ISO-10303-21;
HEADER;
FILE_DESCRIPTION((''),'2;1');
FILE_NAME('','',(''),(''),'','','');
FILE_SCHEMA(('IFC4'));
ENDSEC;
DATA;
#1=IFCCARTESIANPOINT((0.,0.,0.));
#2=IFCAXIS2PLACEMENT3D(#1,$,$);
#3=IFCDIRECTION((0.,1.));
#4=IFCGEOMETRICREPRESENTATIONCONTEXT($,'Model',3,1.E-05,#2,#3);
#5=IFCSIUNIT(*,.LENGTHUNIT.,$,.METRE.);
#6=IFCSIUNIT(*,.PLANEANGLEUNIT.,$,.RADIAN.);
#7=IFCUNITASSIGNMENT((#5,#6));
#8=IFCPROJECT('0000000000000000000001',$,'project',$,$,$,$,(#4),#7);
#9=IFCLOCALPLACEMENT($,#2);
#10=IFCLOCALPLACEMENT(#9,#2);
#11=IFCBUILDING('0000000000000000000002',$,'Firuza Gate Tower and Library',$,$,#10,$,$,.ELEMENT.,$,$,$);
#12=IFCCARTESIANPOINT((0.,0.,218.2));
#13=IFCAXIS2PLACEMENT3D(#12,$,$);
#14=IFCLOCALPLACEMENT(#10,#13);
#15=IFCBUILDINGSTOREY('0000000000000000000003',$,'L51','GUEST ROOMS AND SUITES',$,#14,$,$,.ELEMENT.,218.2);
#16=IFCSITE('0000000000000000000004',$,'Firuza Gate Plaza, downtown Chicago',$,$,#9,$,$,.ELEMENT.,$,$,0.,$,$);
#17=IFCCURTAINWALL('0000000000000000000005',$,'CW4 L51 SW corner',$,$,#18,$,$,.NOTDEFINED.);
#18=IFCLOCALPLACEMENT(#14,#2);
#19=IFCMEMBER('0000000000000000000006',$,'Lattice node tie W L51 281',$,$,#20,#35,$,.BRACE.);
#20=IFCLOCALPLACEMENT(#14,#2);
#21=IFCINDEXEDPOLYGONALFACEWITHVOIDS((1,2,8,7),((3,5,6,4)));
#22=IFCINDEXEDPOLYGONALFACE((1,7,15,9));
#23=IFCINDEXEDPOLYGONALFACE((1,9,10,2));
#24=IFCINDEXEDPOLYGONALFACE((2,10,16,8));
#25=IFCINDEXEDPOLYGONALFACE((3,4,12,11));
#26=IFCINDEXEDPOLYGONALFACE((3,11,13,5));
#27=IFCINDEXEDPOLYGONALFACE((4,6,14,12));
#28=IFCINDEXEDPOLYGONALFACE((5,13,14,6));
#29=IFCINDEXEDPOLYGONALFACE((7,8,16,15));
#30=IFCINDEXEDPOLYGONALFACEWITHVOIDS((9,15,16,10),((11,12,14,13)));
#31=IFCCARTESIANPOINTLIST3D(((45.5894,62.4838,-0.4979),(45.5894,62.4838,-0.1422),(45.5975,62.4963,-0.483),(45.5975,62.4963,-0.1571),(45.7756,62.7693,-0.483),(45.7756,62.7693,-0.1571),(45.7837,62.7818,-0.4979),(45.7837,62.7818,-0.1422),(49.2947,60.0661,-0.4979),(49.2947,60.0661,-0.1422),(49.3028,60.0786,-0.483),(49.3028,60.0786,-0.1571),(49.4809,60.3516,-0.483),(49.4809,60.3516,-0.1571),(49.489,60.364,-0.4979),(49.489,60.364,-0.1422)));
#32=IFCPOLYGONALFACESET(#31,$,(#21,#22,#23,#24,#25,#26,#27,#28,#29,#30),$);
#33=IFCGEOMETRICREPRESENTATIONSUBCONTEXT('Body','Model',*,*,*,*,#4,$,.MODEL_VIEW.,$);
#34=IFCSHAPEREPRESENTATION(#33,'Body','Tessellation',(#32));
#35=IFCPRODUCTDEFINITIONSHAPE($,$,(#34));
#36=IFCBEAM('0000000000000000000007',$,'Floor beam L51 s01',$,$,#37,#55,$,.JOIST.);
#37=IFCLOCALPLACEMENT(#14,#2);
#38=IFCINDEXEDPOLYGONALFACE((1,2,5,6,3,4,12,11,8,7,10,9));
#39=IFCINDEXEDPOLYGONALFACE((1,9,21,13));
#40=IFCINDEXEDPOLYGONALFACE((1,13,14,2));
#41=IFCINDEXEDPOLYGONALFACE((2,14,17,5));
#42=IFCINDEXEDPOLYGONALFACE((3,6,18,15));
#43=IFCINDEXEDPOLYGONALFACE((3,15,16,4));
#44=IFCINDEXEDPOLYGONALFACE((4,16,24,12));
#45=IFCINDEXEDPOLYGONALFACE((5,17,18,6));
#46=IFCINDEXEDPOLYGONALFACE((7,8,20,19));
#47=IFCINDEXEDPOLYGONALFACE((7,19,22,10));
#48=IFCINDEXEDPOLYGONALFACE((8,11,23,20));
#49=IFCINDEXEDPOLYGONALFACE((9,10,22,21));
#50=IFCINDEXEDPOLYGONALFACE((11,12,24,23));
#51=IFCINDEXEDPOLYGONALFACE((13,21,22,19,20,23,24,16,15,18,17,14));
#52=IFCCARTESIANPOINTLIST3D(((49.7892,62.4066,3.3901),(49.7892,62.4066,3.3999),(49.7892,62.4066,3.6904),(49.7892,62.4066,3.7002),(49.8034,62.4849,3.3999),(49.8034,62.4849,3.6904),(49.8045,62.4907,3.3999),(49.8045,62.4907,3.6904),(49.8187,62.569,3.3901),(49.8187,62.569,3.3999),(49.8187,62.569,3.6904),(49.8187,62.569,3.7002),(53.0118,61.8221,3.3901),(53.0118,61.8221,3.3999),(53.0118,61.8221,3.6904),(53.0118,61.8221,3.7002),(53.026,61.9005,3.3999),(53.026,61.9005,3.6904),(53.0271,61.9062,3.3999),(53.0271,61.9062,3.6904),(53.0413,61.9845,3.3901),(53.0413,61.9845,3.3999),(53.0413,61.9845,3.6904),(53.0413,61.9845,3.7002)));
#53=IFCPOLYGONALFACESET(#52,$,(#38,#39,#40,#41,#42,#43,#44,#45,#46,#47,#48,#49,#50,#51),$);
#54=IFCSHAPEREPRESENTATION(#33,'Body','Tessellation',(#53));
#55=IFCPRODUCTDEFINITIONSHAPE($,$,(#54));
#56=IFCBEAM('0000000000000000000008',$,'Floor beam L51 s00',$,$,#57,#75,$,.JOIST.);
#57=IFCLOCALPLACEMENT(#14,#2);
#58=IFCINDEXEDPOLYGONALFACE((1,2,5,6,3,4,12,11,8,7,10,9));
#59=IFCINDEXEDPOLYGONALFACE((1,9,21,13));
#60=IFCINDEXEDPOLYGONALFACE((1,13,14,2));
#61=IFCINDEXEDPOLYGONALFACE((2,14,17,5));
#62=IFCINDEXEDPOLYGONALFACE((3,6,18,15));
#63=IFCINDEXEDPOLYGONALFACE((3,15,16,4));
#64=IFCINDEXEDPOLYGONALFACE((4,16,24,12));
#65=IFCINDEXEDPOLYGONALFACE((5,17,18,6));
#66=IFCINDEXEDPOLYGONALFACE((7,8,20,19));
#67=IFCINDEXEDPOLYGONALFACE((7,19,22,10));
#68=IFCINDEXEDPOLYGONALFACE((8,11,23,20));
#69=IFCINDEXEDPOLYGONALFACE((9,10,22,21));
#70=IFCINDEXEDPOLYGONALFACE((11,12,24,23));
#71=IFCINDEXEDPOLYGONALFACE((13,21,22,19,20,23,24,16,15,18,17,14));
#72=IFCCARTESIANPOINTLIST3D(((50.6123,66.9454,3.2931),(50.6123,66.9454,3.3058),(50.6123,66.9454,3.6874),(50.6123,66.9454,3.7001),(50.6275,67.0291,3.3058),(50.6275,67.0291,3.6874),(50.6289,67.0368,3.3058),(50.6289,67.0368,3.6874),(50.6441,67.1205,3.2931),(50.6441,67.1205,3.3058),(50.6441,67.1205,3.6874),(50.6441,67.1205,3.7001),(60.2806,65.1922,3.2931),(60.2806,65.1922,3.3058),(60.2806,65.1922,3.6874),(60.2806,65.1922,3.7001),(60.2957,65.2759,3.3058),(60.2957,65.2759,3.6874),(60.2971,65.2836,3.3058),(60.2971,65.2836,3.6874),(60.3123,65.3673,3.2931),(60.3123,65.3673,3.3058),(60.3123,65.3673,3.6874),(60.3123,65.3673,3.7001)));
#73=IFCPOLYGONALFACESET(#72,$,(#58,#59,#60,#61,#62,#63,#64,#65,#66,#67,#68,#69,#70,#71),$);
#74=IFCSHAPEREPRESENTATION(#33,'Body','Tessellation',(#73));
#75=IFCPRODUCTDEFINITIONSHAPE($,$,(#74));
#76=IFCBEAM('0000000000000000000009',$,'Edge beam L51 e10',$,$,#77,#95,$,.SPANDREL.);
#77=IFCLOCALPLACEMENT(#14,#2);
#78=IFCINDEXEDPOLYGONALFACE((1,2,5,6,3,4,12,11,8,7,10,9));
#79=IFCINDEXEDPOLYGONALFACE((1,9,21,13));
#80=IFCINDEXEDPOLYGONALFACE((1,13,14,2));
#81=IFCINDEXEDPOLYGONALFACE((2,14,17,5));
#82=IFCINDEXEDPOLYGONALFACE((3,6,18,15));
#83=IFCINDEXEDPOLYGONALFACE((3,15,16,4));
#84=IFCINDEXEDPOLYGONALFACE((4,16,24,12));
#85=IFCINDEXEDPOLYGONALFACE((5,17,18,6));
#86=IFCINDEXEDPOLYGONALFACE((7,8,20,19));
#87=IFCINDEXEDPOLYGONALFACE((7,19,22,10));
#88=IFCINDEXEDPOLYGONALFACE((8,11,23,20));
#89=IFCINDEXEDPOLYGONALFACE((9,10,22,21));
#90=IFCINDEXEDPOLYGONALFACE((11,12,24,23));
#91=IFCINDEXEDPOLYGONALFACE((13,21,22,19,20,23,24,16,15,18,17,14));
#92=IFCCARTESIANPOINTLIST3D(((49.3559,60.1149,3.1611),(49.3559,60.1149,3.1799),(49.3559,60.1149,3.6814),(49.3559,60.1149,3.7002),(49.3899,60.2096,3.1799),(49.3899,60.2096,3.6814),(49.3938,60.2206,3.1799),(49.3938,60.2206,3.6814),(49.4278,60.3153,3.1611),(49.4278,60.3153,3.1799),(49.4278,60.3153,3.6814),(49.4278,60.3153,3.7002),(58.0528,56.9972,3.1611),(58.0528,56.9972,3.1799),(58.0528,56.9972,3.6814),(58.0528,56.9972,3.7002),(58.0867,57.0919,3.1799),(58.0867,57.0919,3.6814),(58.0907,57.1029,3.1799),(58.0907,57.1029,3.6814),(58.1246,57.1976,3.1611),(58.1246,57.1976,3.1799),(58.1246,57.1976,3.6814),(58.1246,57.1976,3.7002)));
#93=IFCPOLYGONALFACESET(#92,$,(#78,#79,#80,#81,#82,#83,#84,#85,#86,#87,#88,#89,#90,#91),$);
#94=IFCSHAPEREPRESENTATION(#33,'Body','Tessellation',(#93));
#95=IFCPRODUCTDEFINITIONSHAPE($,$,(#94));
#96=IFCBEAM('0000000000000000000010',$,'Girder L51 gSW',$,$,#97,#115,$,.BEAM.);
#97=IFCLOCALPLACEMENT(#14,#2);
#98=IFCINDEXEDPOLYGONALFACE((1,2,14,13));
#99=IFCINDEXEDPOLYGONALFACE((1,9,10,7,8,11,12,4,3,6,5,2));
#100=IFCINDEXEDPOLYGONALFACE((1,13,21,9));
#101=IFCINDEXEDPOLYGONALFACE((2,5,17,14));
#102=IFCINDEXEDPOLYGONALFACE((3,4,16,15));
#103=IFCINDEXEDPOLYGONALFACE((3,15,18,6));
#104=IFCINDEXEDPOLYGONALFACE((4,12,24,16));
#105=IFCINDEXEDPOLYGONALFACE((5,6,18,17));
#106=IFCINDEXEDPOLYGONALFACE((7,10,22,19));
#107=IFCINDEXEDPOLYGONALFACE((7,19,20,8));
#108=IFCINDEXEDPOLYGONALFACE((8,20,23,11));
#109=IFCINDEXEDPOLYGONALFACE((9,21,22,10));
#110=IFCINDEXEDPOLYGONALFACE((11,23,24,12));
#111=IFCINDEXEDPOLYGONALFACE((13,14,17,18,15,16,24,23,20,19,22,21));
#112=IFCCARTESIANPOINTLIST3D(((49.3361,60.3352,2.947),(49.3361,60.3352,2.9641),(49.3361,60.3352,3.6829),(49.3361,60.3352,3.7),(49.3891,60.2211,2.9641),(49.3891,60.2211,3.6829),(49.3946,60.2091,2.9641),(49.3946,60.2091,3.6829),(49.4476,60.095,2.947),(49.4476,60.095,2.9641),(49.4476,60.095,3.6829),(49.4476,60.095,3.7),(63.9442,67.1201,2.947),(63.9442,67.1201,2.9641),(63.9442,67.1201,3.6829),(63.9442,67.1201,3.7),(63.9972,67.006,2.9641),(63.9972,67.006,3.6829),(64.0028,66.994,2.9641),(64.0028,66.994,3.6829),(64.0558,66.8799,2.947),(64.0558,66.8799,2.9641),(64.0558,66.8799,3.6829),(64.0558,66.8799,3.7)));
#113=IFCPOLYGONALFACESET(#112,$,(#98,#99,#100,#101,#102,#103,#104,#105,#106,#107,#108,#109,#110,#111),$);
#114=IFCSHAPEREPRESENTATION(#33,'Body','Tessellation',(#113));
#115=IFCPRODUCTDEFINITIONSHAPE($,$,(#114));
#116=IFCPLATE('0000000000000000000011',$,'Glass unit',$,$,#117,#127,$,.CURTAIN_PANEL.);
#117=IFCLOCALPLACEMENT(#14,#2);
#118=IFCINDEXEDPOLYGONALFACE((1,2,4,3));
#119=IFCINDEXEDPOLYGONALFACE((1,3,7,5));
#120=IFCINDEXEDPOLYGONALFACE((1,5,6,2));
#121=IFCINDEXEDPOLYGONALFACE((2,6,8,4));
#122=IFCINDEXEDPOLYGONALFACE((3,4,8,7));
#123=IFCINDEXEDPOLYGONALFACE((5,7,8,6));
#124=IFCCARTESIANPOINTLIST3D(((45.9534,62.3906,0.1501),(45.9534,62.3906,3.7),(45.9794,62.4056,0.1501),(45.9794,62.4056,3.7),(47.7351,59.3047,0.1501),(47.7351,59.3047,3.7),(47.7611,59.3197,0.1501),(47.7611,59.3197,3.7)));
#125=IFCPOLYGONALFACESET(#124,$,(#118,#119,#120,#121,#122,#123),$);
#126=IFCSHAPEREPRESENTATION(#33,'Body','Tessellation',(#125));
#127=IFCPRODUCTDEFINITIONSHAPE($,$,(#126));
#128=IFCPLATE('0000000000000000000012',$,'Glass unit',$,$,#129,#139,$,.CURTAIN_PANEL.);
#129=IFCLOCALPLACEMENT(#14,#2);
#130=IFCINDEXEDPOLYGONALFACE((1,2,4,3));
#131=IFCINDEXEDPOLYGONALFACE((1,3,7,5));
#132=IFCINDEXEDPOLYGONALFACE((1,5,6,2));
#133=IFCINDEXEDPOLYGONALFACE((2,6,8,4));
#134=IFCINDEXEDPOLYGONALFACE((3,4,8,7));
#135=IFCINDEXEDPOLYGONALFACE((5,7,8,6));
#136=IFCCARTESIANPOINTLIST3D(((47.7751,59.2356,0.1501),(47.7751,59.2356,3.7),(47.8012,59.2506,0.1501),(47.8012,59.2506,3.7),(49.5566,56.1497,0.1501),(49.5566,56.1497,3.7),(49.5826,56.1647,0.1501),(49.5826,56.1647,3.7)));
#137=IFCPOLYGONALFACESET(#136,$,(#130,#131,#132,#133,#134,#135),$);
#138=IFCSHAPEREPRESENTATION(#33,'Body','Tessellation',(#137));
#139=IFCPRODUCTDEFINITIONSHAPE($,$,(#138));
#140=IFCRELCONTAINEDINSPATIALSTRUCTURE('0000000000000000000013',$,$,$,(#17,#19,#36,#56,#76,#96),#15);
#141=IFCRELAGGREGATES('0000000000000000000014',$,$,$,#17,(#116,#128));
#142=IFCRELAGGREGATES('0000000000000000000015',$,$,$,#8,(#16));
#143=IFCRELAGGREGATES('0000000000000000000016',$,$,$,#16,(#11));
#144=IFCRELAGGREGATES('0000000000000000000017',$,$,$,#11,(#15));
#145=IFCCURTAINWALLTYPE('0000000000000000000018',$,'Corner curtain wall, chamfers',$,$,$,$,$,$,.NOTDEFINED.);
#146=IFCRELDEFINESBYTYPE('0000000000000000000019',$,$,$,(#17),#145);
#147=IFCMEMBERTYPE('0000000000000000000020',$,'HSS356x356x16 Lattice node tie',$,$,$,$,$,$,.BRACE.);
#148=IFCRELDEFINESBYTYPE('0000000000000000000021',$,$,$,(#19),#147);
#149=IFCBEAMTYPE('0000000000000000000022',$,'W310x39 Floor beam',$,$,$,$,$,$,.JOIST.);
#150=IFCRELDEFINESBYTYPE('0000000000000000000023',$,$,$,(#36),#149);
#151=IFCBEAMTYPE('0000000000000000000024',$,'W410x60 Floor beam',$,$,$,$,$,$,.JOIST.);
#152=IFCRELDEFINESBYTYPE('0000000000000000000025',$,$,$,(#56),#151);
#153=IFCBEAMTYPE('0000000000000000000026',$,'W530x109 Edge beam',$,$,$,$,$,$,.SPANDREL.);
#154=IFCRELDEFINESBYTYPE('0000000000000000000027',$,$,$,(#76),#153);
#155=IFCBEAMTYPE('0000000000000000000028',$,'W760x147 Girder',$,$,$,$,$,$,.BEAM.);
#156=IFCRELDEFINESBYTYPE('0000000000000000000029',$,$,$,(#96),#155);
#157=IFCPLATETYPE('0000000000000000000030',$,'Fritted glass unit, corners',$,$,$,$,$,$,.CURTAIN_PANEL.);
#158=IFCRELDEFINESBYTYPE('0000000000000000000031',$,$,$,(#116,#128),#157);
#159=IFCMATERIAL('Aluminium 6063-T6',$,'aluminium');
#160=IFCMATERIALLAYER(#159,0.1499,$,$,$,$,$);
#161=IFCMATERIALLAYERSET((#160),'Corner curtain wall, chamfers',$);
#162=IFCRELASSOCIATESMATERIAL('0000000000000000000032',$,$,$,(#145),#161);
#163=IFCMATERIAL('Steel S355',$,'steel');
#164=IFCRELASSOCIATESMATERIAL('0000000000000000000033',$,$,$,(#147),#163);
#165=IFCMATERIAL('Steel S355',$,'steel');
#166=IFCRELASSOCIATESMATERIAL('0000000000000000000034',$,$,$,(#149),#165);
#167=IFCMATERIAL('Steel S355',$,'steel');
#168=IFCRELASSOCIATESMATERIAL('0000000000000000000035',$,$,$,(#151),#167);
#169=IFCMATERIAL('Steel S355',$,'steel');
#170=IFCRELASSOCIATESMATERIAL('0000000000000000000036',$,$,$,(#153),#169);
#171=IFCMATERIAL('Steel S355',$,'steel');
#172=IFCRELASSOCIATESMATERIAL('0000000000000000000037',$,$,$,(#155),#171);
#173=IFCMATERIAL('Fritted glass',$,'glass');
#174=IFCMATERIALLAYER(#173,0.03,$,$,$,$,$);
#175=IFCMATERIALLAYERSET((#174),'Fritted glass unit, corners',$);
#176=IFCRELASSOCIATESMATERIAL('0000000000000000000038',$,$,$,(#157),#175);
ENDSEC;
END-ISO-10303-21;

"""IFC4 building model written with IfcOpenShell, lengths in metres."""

from ifc_helpers import new_model, si_unit, direction, frame, origin, origin_2d, place, context, subcontext, project, spatial, polyline, hollow_rectangle, i_section, outline, extrude, material, layer, layer_set, material_profile, profile_set, type_object, element, aggregate, save


model = new_model("IFC4")

# Units and contexts
model_context = context("Model", 3, precision=1e-05, world=origin(), true_north=direction((0.0, 1.0)))
body_context = subcontext(model_context, "Body", "Model", "MODEL_VIEW")
ifc_project = project(units=[si_unit("LENGTHUNIT", "METRE"), si_unit("PLANEANGLEUNIT", "RADIAN")], contexts=[model_context])

# Site, building, storey
site_placement = place(None, origin())
site = spatial("IfcSite", under=ifc_project, at=site_placement, Name="Firuza Gate Plaza, downtown Chicago", CompositionType="ELEMENT", RefElevation=0.0)
building_placement = place(site_placement, origin())
building = spatial("IfcBuilding", under=site, at=building_placement, Name="Firuza Gate Tower and Library", CompositionType="ELEMENT")
storey_placement = place(building_placement, frame((0.0, 0.0, 218.2)))
storey = spatial("IfcBuildingStorey", under=building, at=storey_placement, Name="L51", Description="GUEST ROOMS AND SUITES", CompositionType="ELEMENT", Elevation=218.2)

# Curtain wall
ifc_material_1 = material(Name="Aluminium 6063-T6", Category="aluminium")
ifc_layer_1 = layer(ifc_material_1, 0.1499)
ifc_layer_set_1 = layer_set([ifc_layer_1], Name="Corner curtain wall, chamfers")
curtain_wall_type = type_object("IfcCurtainWallType", Name="Corner curtain wall, chamfers", PredefinedType="NOTDEFINED", material=ifc_layer_set_1)
curtain_wall_placement = place(storey_placement, origin())
curtain_wall = element("IfcCurtainWall", 1, at=curtain_wall_placement, inside=storey, type_object=curtain_wall_type, Name="CW4 L51 SW corner", PredefinedType="NOTDEFINED")

# Member
ifc_material_2 = material(Name="Steel S355", Category="steel")
ifc_material_profile_1 = material_profile(ifc_material_2, hollow_rectangle(XDim=0.3557, YDim=0.3557, WallThickness=0.0149, at=origin_2d()))
ifc_profile_set_1 = profile_set([ifc_material_profile_1], Name="Steel S355")
member_type_1 = type_object("IfcMemberType", Name="HSS356x356x16 Lattice node tie", PredefinedType="BRACE", material=ifc_profile_set_1)
member_1_placement = place(storey_placement, frame((49.3918, 60.2151, -0.3201), z_axis=(-0.837485, 0.54646, 0.0), x_axis=(-0.54646, -0.837485, 0.0)))
element("IfcMember", 2, at=member_1_placement, inside=storey, type_object=member_type_1, Name="Lattice node tie W L51 281", PredefinedType="BRACE", context=body_context, shape_type="SweptSolid", body=[
    extrude(hollow_rectangle(XDim=0.3557, YDim=0.3557, WallThickness=0.0149, at=origin_2d()), origin(), (0.0, 0.0, 1.0), 4.4243),
])

# Beams
ifc_material_3 = material(Name="Steel S355", Category="steel")
ifc_material_profile_2 = material_profile(ifc_material_3, i_section(OverallWidth=0.165, OverallDepth=0.3101, WebThickness=0.0059, FlangeThickness=0.0098, at=origin_2d()))
ifc_profile_set_2 = profile_set([ifc_material_profile_2], Name="Steel S355")
beam_type_1 = type_object("IfcBeamType", Name="W310x39 Floor beam", PredefinedType="JOIST", material=ifc_profile_set_2)
beam_1_placement = place(storey_placement, frame((49.804, 62.4878, 3.5452), z_axis=(0.983949, -0.178452, 0.0), x_axis=(0.178452, 0.983949, 0.0)))
element("IfcBeam", 3, at=beam_1_placement, inside=storey, type_object=beam_type_1, Name="Floor beam L51 s01", PredefinedType="JOIST", context=body_context, shape_type="SweptSolid", body=[
    extrude(i_section(OverallWidth=0.165, OverallDepth=0.3101, WebThickness=0.0059, FlangeThickness=0.0098, at=origin_2d()), origin(), (0.0, 0.0, 1.0), 3.2751),
])
ifc_material_4 = material(Name="Steel S355", Category="steel")
ifc_material_profile_3 = material_profile(ifc_material_4, i_section(OverallWidth=0.178, OverallDepth=0.407, WebThickness=0.0078, FlangeThickness=0.0127, at=origin_2d()))
ifc_profile_set_3 = profile_set([ifc_material_profile_3], Name="Steel S355")
beam_type_2 = type_object("IfcBeamType", Name="W410x60 Floor beam", PredefinedType="JOIST", material=ifc_profile_set_3)
beam_2_placement = place(storey_placement, frame((50.6282, 67.033, 3.4966), z_axis=(0.983954, -0.178424, 0.0), x_axis=(0.178424, 0.983954, 0.0)))
element("IfcBeam", 4, at=beam_2_placement, inside=storey, type_object=beam_type_2, Name="Floor beam L51 s00", PredefinedType="JOIST", context=body_context, shape_type="SweptSolid", body=[
    extrude(i_section(OverallWidth=0.178, OverallDepth=0.407, WebThickness=0.0078, FlangeThickness=0.0127, at=origin_2d()), origin(), (0.0, 0.0, 1.0), 9.8259),
])
ifc_material_5 = material(Name="Steel S355", Category="steel")
ifc_material_profile_4 = material_profile(ifc_material_5, i_section(OverallWidth=0.2129, OverallDepth=0.5391, WebThickness=0.0117, FlangeThickness=0.0188, at=origin_2d()))
ifc_profile_set_4 = profile_set([ifc_material_profile_4], Name="Steel S355")
beam_type_3 = type_object("IfcBeamType", Name="W530x109 Edge beam", PredefinedType="SPANDREL", material=ifc_profile_set_4)
beam_3_placement = place(storey_placement, frame((49.3918, 60.2151, 3.4307), z_axis=(0.941341, -0.337458, 0.0), x_axis=(0.337458, 0.941341, 0.0)))
element("IfcBeam", 5, at=beam_3_placement, inside=storey, type_object=beam_type_3, Name="Edge beam L51 e10", PredefinedType="SPANDREL", context=body_context, shape_type="SweptSolid", body=[
    extrude(i_section(OverallWidth=0.2129, OverallDepth=0.5391, WebThickness=0.0117, FlangeThickness=0.0188, at=origin_2d()), origin(), (0.0, 0.0, 1.0), 9.2388),
])
ifc_material_6 = material(Name="Steel S355", Category="steel")
ifc_material_profile_5 = material_profile(ifc_material_6, i_section(OverallWidth=0.2649, OverallDepth=0.7529, WebThickness=0.0132, FlangeThickness=0.0171, at=origin_2d()))
ifc_profile_set_5 = profile_set([ifc_material_profile_5], Name="Steel S355")
beam_type_4 = type_object("IfcBeamType", Name="W760x147 Girder", PredefinedType="BEAM", material=ifc_profile_set_5)
beam_4_placement = place(storey_placement, frame((49.3918, 60.2151, 3.3235), z_axis=(0.906948, 0.421242, 0.0), x_axis=(-0.421242, 0.906948, 0.0)))
element("IfcBeam", 6, at=beam_4_placement, inside=storey, type_object=beam_type_4, Name="Girder L51 gSW", PredefinedType="BEAM", context=body_context, shape_type="SweptSolid", body=[
    extrude(i_section(OverallWidth=0.2649, OverallDepth=0.7529, WebThickness=0.0132, FlangeThickness=0.0171, at=origin_2d()), origin(), (0.0, 0.0, 1.0), 16.1069),
])

# Plates
ifc_material_7 = material(Name="Fritted glass", Category="glass")
ifc_layer_2 = layer(ifc_material_7, 0.03)
ifc_layer_set_2 = layer_set([ifc_layer_2], Name="Fritted glass unit, corners")
plate_type = type_object("IfcPlateType", Name="Fritted glass unit, corners", PredefinedType="CURTAIN_PANEL", material=ifc_layer_set_2)
plate_1_placement = place(storey_placement, frame((45.9534, 62.3906, 0.1501), z_axis=(-0.866017, -0.500015, 0.0), x_axis=(0.500015, -0.866017, 0.0)))
plate_1 = element("IfcPlate", 7, at=plate_1_placement, type_object=plate_type, Name="Glass unit", PredefinedType="CURTAIN_PANEL", context=body_context, shape_type="SweptSolid", body=[
    extrude(outline(polyline([(0.0, 0.0), (3.5634, 0.0), (3.5634, 3.5498), (0.0, 3.5498), (0.0, 0.0)])), origin(), (0.0, 0.0, -1.0), 0.03),
])
plate_2_placement = place(storey_placement, frame((47.7751, 59.2356, 0.1501), z_axis=(-0.866046, -0.499964, 0.0), x_axis=(0.499964, -0.866046, 0.0)))
plate_2 = element("IfcPlate", 8, at=plate_2_placement, type_object=plate_type, Name="Glass unit", PredefinedType="CURTAIN_PANEL", context=body_context, shape_type="SweptSolid", body=[
    extrude(outline(polyline([(0.0, 0.0), (3.5632, 0.0), (3.5632, 3.5498), (0.0, 3.5498), (0.0, 0.0)])), origin(), (0.0, 0.0, -1.0), 0.03),
])
aggregate(curtain_wall, [plate_1, plate_2])

save(model, "model.ifc")
